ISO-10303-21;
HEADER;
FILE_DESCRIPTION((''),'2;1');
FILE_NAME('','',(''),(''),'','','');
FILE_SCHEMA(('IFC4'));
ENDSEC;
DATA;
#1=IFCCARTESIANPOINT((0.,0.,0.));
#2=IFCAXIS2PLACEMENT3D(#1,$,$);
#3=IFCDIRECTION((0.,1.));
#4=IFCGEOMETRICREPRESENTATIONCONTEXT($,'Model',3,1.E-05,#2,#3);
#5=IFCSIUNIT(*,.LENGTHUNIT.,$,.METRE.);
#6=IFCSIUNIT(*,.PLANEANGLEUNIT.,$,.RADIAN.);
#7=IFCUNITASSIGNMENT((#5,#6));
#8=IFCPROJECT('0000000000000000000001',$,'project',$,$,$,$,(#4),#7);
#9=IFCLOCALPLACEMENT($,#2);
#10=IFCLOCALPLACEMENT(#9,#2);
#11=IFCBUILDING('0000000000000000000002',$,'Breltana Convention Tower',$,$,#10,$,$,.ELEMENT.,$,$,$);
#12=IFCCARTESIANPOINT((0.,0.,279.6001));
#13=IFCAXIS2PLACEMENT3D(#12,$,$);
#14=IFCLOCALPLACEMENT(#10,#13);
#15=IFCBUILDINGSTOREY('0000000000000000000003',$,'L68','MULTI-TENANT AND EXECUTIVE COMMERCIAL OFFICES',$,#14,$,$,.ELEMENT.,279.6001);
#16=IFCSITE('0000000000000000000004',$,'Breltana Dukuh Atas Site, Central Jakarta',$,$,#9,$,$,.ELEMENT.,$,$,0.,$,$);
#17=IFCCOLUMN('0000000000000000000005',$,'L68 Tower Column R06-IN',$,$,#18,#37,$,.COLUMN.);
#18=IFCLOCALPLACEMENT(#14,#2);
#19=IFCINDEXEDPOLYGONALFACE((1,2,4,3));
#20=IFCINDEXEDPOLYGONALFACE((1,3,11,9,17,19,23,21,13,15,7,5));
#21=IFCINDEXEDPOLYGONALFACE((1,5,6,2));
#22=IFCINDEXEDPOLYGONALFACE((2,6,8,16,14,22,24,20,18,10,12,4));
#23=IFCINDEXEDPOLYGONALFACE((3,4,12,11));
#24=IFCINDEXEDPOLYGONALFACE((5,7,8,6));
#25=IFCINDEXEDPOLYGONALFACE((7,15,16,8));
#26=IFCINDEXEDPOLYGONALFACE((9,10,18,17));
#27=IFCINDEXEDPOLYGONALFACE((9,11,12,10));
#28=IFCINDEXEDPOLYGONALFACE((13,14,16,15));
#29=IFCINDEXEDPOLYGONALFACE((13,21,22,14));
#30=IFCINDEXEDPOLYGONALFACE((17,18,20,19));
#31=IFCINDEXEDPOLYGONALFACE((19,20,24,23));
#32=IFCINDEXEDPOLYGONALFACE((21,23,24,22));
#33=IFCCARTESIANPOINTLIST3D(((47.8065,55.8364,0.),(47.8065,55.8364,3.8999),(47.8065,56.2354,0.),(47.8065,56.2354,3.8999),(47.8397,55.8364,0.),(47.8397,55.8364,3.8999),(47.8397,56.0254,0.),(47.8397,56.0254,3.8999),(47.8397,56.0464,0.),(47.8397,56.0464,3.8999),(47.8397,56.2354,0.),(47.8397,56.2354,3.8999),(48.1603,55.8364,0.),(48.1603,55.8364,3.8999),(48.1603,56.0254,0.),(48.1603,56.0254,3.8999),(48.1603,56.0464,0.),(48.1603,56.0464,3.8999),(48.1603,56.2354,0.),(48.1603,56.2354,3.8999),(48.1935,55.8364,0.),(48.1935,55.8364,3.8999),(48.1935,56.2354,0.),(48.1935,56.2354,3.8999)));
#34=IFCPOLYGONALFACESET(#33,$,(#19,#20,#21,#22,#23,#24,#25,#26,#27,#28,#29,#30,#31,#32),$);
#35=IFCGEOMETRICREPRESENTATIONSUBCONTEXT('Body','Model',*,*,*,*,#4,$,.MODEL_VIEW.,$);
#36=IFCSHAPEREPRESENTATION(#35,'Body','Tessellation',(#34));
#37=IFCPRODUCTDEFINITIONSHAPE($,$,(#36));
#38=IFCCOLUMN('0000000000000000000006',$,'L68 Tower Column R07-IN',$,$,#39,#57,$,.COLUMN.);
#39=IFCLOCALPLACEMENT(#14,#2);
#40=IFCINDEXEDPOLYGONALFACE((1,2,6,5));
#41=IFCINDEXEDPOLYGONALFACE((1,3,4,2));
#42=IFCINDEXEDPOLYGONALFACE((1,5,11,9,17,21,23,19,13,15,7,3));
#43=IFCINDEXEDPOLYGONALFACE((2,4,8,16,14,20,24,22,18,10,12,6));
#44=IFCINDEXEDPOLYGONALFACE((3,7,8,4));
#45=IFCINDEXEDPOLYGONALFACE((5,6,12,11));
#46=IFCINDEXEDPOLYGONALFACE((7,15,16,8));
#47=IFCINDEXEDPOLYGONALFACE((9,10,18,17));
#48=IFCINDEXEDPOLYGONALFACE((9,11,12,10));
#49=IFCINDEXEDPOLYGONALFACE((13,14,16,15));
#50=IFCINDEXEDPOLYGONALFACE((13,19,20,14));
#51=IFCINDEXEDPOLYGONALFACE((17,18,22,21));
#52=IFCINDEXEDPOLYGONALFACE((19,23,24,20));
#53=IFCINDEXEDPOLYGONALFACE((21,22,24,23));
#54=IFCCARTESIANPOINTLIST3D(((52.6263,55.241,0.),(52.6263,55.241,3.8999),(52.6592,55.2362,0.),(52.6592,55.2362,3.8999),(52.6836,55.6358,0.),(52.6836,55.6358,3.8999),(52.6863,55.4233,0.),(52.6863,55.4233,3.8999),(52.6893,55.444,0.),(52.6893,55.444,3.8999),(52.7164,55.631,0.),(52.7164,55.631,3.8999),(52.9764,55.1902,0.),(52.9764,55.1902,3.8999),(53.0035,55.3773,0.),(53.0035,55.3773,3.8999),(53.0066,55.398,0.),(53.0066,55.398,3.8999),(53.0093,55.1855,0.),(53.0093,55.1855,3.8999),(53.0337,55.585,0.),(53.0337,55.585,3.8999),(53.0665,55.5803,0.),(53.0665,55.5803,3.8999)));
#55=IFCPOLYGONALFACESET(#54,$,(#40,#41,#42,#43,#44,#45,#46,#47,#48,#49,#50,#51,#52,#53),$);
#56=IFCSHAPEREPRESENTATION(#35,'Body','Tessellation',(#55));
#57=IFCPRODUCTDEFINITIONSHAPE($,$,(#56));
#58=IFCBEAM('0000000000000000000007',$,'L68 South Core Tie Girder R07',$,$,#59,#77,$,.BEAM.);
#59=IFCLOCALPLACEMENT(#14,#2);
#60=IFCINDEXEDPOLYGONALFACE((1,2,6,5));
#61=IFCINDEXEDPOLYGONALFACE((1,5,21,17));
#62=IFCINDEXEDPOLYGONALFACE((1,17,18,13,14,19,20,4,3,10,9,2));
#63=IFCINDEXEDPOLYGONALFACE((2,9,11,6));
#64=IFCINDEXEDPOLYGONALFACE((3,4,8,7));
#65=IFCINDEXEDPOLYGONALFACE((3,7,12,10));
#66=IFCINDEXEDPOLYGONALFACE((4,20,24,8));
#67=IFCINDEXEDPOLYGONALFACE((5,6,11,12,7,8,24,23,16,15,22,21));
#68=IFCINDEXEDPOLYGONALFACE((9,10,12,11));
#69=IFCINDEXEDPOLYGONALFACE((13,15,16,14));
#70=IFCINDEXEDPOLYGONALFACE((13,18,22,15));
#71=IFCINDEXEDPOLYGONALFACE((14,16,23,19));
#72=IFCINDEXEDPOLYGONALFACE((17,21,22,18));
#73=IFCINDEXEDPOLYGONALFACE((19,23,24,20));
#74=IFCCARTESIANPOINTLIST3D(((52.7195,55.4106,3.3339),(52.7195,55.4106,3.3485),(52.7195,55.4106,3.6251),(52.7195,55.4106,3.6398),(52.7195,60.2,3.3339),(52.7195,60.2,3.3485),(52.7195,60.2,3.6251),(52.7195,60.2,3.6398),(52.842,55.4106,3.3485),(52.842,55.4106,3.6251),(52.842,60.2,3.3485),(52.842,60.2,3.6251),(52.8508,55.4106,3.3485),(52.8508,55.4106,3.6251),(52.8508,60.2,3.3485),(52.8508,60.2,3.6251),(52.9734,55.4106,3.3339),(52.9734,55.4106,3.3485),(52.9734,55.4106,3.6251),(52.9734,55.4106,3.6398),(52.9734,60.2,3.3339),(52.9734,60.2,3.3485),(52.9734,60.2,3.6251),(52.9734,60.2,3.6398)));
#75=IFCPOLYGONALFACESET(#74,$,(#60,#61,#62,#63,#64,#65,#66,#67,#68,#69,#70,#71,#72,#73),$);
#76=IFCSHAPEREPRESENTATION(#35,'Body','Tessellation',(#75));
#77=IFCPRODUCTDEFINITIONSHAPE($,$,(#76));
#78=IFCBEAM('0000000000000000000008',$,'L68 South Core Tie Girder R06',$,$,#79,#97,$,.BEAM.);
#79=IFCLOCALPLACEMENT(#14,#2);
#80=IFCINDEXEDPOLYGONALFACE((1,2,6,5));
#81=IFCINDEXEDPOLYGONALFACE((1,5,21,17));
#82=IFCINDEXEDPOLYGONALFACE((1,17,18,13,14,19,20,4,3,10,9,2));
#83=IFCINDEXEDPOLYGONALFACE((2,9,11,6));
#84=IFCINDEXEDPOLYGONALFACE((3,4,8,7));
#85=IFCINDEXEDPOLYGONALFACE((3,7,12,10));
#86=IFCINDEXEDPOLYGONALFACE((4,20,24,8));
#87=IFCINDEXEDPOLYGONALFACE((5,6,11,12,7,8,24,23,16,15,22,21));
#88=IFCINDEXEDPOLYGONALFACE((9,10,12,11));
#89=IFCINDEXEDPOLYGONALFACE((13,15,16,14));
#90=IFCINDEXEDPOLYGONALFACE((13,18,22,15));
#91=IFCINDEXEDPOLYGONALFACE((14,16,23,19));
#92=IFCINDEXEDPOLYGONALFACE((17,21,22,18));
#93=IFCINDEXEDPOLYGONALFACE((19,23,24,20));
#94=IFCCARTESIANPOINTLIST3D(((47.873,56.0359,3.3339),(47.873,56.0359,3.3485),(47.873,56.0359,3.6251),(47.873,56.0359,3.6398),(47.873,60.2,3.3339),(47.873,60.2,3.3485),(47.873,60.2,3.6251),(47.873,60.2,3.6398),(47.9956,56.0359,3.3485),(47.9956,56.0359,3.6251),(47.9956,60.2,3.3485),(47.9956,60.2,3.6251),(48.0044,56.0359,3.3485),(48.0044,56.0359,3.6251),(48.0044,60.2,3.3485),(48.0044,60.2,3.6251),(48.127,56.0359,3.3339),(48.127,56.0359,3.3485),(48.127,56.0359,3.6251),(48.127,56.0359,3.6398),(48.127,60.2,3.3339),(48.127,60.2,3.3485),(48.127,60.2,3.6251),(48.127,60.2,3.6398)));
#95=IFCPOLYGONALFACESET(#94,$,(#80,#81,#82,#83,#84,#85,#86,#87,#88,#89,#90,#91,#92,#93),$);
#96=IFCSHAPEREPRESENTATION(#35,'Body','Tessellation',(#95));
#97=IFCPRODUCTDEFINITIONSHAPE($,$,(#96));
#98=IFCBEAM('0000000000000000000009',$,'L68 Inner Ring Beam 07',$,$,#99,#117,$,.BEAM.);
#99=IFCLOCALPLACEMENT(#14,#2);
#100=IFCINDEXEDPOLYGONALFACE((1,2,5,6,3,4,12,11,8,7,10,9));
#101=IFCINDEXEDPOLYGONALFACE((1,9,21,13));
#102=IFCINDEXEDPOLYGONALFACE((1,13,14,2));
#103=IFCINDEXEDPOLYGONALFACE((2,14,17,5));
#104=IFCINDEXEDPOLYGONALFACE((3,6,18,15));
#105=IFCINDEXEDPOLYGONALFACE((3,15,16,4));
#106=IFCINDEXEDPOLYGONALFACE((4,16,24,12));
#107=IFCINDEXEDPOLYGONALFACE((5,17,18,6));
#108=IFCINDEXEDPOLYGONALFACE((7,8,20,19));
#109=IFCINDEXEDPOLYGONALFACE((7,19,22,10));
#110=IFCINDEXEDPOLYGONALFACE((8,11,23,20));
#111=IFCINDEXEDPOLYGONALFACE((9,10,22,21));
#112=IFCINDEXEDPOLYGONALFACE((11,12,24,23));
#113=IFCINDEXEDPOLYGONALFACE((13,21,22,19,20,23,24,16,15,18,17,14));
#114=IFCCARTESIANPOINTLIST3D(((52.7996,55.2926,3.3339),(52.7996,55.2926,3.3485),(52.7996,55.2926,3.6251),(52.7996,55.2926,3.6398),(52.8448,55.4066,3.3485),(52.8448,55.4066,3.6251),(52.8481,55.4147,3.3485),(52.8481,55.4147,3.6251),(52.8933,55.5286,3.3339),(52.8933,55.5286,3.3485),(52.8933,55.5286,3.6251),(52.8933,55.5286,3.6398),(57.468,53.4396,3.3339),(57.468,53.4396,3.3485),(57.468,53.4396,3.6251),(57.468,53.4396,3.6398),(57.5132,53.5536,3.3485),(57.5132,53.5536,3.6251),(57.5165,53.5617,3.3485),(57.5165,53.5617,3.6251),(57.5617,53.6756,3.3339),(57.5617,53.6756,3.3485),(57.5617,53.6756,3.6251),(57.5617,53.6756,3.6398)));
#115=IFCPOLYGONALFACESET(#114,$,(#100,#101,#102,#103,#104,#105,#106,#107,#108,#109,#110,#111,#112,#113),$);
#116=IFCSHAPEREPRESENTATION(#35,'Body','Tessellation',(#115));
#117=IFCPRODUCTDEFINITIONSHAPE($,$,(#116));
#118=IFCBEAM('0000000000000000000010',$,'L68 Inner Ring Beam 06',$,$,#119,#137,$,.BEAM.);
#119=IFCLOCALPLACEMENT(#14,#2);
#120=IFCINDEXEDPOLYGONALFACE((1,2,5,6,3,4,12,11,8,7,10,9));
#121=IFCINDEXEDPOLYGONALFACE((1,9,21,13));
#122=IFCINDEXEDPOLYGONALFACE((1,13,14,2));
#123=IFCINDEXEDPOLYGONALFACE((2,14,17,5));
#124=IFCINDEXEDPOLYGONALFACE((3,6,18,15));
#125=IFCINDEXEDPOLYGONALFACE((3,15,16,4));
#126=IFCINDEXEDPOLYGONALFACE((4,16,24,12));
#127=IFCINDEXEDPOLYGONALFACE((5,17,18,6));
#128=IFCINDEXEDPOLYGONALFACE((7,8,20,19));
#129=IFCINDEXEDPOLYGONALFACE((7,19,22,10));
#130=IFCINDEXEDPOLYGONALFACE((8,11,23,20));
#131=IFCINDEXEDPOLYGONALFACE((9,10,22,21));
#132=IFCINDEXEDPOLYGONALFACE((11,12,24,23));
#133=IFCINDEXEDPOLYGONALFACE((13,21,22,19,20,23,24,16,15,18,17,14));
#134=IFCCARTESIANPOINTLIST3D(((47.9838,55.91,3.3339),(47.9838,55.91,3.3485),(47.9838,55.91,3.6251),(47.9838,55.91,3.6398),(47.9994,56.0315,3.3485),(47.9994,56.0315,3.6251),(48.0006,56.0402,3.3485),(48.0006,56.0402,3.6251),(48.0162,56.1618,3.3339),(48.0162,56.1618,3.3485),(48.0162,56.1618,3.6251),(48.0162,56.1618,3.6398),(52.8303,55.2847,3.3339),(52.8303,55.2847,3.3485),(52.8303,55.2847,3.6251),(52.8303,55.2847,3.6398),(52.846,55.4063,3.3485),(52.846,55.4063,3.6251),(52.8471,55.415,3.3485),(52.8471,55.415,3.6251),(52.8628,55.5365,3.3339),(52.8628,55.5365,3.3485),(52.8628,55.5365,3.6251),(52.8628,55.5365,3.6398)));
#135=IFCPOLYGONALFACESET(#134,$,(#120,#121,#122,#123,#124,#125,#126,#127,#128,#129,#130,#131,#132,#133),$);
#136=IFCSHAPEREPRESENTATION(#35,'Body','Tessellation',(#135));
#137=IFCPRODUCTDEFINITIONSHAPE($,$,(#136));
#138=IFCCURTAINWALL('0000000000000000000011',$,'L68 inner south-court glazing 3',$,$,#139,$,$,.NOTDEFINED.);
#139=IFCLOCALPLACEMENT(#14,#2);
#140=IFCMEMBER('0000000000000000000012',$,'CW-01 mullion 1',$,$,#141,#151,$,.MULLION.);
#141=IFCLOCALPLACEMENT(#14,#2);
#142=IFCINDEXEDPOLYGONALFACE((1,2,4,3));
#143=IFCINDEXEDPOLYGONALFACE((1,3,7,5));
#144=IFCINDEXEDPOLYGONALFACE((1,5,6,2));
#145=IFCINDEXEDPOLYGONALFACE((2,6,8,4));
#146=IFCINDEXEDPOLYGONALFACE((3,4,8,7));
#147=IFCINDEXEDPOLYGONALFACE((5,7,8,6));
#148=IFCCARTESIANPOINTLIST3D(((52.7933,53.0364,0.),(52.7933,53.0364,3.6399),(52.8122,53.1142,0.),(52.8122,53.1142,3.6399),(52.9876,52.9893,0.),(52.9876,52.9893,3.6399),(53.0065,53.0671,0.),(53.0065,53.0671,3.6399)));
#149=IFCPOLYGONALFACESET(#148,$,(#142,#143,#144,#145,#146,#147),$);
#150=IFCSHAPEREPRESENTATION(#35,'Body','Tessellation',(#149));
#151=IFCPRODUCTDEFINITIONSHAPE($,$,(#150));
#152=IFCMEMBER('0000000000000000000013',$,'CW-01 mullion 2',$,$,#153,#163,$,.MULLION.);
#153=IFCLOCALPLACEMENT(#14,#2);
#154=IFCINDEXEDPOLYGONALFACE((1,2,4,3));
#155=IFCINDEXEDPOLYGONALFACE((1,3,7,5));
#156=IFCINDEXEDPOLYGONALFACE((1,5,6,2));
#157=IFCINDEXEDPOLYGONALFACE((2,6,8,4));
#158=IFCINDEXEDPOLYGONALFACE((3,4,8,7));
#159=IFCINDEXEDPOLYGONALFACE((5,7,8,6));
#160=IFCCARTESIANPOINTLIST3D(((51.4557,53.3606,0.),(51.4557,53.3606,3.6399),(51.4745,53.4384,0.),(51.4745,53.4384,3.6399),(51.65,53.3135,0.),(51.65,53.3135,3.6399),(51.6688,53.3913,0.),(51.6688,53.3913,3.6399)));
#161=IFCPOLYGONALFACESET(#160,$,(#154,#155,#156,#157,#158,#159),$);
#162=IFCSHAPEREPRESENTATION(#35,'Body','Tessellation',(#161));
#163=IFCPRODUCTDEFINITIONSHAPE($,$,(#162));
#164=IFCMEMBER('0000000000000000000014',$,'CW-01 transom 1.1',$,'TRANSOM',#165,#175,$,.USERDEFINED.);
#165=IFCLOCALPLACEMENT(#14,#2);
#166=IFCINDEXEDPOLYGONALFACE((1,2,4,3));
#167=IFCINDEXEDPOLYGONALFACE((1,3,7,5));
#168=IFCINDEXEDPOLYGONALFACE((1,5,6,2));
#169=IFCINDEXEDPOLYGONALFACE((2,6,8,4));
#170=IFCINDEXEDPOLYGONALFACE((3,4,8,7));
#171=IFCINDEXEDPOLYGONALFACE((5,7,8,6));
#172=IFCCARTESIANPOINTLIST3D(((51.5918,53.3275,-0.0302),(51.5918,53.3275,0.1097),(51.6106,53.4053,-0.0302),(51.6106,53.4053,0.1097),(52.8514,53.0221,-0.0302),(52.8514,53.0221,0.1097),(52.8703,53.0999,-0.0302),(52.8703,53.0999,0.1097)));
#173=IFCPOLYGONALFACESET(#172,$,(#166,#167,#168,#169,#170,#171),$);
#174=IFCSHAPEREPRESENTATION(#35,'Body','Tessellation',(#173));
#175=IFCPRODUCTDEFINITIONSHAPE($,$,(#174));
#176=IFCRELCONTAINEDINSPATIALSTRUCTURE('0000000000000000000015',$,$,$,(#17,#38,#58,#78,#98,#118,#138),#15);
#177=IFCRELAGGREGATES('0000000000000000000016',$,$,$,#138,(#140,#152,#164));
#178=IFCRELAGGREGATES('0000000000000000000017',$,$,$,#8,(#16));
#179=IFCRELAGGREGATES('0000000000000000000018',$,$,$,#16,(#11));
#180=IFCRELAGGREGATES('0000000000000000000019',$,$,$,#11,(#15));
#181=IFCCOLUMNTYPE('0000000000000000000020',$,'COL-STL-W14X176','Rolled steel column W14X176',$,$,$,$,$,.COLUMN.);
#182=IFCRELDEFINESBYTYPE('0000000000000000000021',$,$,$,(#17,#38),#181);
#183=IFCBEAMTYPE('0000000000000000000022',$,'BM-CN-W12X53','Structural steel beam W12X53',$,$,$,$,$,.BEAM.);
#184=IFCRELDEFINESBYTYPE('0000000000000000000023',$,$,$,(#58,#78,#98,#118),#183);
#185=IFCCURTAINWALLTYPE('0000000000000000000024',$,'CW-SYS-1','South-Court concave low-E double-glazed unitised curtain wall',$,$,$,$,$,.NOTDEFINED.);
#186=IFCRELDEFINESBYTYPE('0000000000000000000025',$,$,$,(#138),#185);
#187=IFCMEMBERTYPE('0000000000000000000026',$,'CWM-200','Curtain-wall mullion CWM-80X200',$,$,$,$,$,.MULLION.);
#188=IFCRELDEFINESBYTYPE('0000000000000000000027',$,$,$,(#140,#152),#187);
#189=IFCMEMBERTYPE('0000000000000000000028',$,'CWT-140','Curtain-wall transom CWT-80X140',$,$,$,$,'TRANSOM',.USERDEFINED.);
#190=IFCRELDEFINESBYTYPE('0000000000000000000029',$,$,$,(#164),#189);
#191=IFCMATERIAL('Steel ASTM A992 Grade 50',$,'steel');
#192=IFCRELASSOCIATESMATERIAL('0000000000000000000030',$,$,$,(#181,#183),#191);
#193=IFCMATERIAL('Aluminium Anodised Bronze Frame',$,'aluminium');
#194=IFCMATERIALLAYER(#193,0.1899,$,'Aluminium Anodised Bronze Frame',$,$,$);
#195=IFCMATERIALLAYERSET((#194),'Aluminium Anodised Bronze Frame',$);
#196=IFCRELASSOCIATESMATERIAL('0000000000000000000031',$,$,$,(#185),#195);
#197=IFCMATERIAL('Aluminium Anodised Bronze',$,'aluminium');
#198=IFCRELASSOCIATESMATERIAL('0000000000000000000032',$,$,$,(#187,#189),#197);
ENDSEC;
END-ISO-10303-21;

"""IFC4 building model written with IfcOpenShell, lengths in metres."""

from ifc_helpers import new_model, si_unit, direction, frame, origin, origin_2d, place, context, subcontext, project, spatial, rectangle, i_section, extrude, source, transform, mapped, material, layer, layer_set, material_profile, profile_set, type_object, type_shapes, element, aggregate, save


model = new_model("IFC4")

# Units and contexts
model_context = context("Model", 3, precision=1e-05, world=origin(), true_north=direction((0.0, 1.0)))
body_context = subcontext(model_context, "Body", "Model", "MODEL_VIEW")
ifc_project = project(units=[si_unit("LENGTHUNIT", "METRE"), si_unit("PLANEANGLEUNIT", "RADIAN")], contexts=[model_context])

# Site, building, storey
site_placement = place(None, origin())
site = spatial("IfcSite", under=ifc_project, at=site_placement, Name="Breltana Dukuh Atas Site, Central Jakarta", CompositionType="ELEMENT", RefElevation=0.0)
building_placement = place(site_placement, origin())
building = spatial("IfcBuilding", under=site, at=building_placement, Name="Breltana Convention Tower", CompositionType="ELEMENT")
storey_placement = place(building_placement, frame((0.0, 0.0, 279.6001)))
storey = spatial("IfcBuildingStorey", under=building, at=storey_placement, Name="L68", Description="MULTI-TENANT AND EXECUTIVE COMMERCIAL OFFICES", CompositionType="ELEMENT", Elevation=279.6001)

# Columns
ifc_material_1 = material(Name="Steel ASTM A992 Grade 50", Category="steel")
ifc_material_profile_1 = material_profile(ifc_material_1, i_section(OverallWidth=0.3989, OverallDepth=0.387, WebThickness=0.021, FlangeThickness=0.0332, at=origin_2d()), Name="W14X176")
ifc_profile_set_1 = profile_set([ifc_material_profile_1], Name="Steel ASTM A992 Grade 50")
column_type = type_object("IfcColumnType", Name="COL-STL-W14X176", Description="Rolled steel column W14X176", PredefinedType="COLUMN", material=ifc_profile_set_1)
shared_shape_1 = source(origin(), body_context, "Body", "SweptSolid", [
    extrude(i_section(OverallWidth=0.3989, OverallDepth=0.387, WebThickness=0.021, FlangeThickness=0.0332, at=origin_2d()), origin(), (0.0, 0.0, 1.0), 3.8999),
])
type_shapes(column_type, [shared_shape_1])
for number, where, z_axis, x_axis, name in (
    (1, (48.0, 56.0359, 0.0), (0.0, 0.0, 1.0), (0.0, 1.0, 0.0), "L68 Tower Column R06-IN"),
    (2, (52.8464, 55.4106, 0.0), (0.0, 0.0, 1.0), (0.143493, 0.989651, 0.0), "L68 Tower Column R07-IN"),
):
    element("IfcColumn", number, at=place(storey_placement, frame(where, z_axis=z_axis, x_axis=x_axis)), inside=storey, type_object=column_type, Name=name, PredefinedType="COLUMN", context=body_context, shape_type="MappedRepresentation", body=[
        mapped(shared_shape_1, transform((0.0, 0.0, 0.0), scale=1.0)),
    ])

# Beams
ifc_material_profile_2 = material_profile(ifc_material_1, i_section(OverallWidth=0.2539, OverallDepth=0.3059, WebThickness=0.0088, FlangeThickness=0.0146, at=origin_2d()), Name="W12X53")
ifc_profile_set_2 = profile_set([ifc_material_profile_2], Name="Steel ASTM A992 Grade 50")
beam_type = type_object("IfcBeamType", Name="BM-CN-W12X53", Description="Structural steel beam W12X53", PredefinedType="BEAM", material=ifc_profile_set_2)
shared_shape_2 = source(origin(), body_context, "Body", "SweptSolid", [
    extrude(i_section(OverallWidth=0.2539, OverallDepth=0.3059, WebThickness=0.0088, FlangeThickness=0.0146, at=origin_2d()), origin(), (0.0, 0.0, 1.0), 4.7893),
])
beam_1_placement = place(storey_placement, frame((52.8464, 60.2, 3.4868), z_axis=(0.0, -1.0, 0.0), x_axis=(1.0, 0.0, 0.0)))
element("IfcBeam", 3, at=beam_1_placement, inside=storey, type_object=beam_type, Name="L68 South Core Tie Girder R07", PredefinedType="BEAM", context=body_context, shape_type="MappedRepresentation", body=[
    mapped(shared_shape_2, transform((0.0, 0.0, 0.0), scale=1.0)),
])
shared_shape_3 = source(origin(), body_context, "Body", "SweptSolid", [
    extrude(i_section(OverallWidth=0.2539, OverallDepth=0.3059, WebThickness=0.0088, FlangeThickness=0.0146, at=origin_2d()), origin(), (0.0, 0.0, 1.0), 4.1641),
])
beam_2_placement = place(storey_placement, frame((48.0, 60.2, 3.4868), z_axis=(0.0, -1.0, 0.0), x_axis=(1.0, 0.0, 0.0)))
element("IfcBeam", 4, at=beam_2_placement, inside=storey, type_object=beam_type, Name="L68 South Core Tie Girder R06", PredefinedType="BEAM", context=body_context, shape_type="MappedRepresentation", body=[
    mapped(shared_shape_3, transform((0.0, 0.0, 0.0), scale=1.0)),
])
shared_shape_4 = source(origin(), body_context, "Body", "SweptSolid", [
    extrude(i_section(OverallWidth=0.2539, OverallDepth=0.3059, WebThickness=0.0088, FlangeThickness=0.0146, at=origin_2d()), origin(), (0.0, 0.0, 1.0), 5.0227),
])
beam_3_placement = place(storey_placement, frame((52.8464, 55.4106, 3.4868), z_axis=(0.929459, -0.368926, 0.0), x_axis=(0.368926, 0.929459, 0.0)))
element("IfcBeam", 5, at=beam_3_placement, inside=storey, type_object=beam_type, Name="L68 Inner Ring Beam 07", PredefinedType="BEAM", context=body_context, shape_type="MappedRepresentation", body=[
    mapped(shared_shape_4, transform((0.0, 0.0, 0.0), scale=1.0)),
])
shared_shape_5 = source(origin(), body_context, "Body", "SweptSolid", [
    extrude(i_section(OverallWidth=0.2539, OverallDepth=0.3059, WebThickness=0.0088, FlangeThickness=0.0146, at=origin_2d()), origin(), (0.0, 0.0, 1.0), 4.8867),
])
beam_4_placement = place(storey_placement, frame((48.0, 56.0359, 3.4868), z_axis=(0.991781, -0.127951, 0.0), x_axis=(0.127951, 0.991781, 0.0)))
element("IfcBeam", 6, at=beam_4_placement, inside=storey, type_object=beam_type, Name="L68 Inner Ring Beam 06", PredefinedType="BEAM", context=body_context, shape_type="MappedRepresentation", body=[
    mapped(shared_shape_5, transform((0.0, 0.0, 0.0), scale=1.0)),
])

# Curtain wall, members
ifc_material_2 = material(Name="Aluminium Anodised Bronze Frame", Category="aluminium")
ifc_layer_1 = layer(ifc_material_2, 0.1899, Name="Aluminium Anodised Bronze Frame")
ifc_layer_set_1 = layer_set([ifc_layer_1], Name="Aluminium Anodised Bronze Frame")
curtain_wall_type = type_object("IfcCurtainWallType", Name="CW-SYS-1", Description="South-Court concave low-E double-glazed unitised curtain wall", PredefinedType="NOTDEFINED", material=ifc_layer_set_1)
curtain_wall_placement = place(storey_placement, origin())
curtain_wall = element("IfcCurtainWall", 7, at=curtain_wall_placement, inside=storey, type_object=curtain_wall_type, Name="L68 inner south-court glazing 3", PredefinedType="NOTDEFINED")
ifc_material_3 = material(Name="Aluminium Anodised Bronze", Category="aluminium")
ifc_material_profile_3 = material_profile(ifc_material_3, rectangle(XDim=0.0801, YDim=0.2, at=origin_2d()), Name="CWM-80X200")
ifc_profile_set_3 = profile_set([ifc_material_profile_3], Name="Aluminium Anodised Bronze")
member_type_1 = type_object("IfcMemberType", Name="CWM-200", Description="Curtain-wall mullion CWM-80X200", PredefinedType="MULLION", material=ifc_profile_set_3)
shared_shape_6 = source(origin(), body_context, "Body", "SweptSolid", [
    extrude(rectangle(XDim=0.0801, YDim=0.2, at=origin_2d()), origin(), (0.0, 0.0, 1.0), 3.6399),
])
member_1_placement = place(storey_placement, frame((52.8999, 53.0518, 0.0), z_axis=(0.0, 0.0, 1.0), x_axis=(-0.235517, -0.97187, 0.0)))
member_1 = element("IfcMember", 8, at=member_1_placement, type_object=member_type_1, Name="CW-01 mullion 1", PredefinedType="MULLION", context=body_context, shape_type="MappedRepresentation", body=[
    mapped(shared_shape_6, transform((0.0, 0.0, 0.0), scale=1.0)),
])
member_2_placement = place(storey_placement, frame((51.5623, 53.376, 0.0), z_axis=(0.0, 0.0, 1.0), x_axis=(-0.235517, -0.97187, 0.0)))
member_2 = element("IfcMember", 9, at=member_2_placement, type_object=member_type_1, Name="CW-01 mullion 2", PredefinedType="MULLION", context=body_context, shape_type="MappedRepresentation", body=[
    mapped(shared_shape_6, transform((0.0, 0.0, 0.0), scale=1.0)),
])
ifc_material_profile_4 = material_profile(ifc_material_3, rectangle(XDim=0.0801, YDim=0.1399, at=origin_2d()), Name="CWT-80X140")
ifc_profile_set_4 = profile_set([ifc_material_profile_4], Name="Aluminium Anodised Bronze")
member_type_2 = type_object("IfcMemberType", Name="CWT-140", Description="Curtain-wall transom CWT-80X140", ElementType="TRANSOM", PredefinedType="USERDEFINED", material=ifc_profile_set_4)
shared_shape_7 = source(origin(), body_context, "Body", "SweptSolid", [
    extrude(rectangle(XDim=0.0801, YDim=0.1399, at=origin_2d()), origin(), (0.0, 0.0, 1.0), 1.2961),
])
member_3_placement = place(storey_placement, frame((52.8608, 53.061, 0.0398), z_axis=(-0.971846, 0.235616, 0.0), x_axis=(-0.235616, -0.971846, 0.0)))
member_3 = element("IfcMember", 10, at=member_3_placement, type_object=member_type_2, Name="CW-01 transom 1.1", ObjectType="TRANSOM", PredefinedType="USERDEFINED", context=body_context, shape_type="MappedRepresentation", body=[
    mapped(shared_shape_7, transform((0.0, 0.0, 0.0), scale=1.0)),
])
aggregate(curtain_wall, [member_1, member_2, member_3])

save(model, "model.ifc")
